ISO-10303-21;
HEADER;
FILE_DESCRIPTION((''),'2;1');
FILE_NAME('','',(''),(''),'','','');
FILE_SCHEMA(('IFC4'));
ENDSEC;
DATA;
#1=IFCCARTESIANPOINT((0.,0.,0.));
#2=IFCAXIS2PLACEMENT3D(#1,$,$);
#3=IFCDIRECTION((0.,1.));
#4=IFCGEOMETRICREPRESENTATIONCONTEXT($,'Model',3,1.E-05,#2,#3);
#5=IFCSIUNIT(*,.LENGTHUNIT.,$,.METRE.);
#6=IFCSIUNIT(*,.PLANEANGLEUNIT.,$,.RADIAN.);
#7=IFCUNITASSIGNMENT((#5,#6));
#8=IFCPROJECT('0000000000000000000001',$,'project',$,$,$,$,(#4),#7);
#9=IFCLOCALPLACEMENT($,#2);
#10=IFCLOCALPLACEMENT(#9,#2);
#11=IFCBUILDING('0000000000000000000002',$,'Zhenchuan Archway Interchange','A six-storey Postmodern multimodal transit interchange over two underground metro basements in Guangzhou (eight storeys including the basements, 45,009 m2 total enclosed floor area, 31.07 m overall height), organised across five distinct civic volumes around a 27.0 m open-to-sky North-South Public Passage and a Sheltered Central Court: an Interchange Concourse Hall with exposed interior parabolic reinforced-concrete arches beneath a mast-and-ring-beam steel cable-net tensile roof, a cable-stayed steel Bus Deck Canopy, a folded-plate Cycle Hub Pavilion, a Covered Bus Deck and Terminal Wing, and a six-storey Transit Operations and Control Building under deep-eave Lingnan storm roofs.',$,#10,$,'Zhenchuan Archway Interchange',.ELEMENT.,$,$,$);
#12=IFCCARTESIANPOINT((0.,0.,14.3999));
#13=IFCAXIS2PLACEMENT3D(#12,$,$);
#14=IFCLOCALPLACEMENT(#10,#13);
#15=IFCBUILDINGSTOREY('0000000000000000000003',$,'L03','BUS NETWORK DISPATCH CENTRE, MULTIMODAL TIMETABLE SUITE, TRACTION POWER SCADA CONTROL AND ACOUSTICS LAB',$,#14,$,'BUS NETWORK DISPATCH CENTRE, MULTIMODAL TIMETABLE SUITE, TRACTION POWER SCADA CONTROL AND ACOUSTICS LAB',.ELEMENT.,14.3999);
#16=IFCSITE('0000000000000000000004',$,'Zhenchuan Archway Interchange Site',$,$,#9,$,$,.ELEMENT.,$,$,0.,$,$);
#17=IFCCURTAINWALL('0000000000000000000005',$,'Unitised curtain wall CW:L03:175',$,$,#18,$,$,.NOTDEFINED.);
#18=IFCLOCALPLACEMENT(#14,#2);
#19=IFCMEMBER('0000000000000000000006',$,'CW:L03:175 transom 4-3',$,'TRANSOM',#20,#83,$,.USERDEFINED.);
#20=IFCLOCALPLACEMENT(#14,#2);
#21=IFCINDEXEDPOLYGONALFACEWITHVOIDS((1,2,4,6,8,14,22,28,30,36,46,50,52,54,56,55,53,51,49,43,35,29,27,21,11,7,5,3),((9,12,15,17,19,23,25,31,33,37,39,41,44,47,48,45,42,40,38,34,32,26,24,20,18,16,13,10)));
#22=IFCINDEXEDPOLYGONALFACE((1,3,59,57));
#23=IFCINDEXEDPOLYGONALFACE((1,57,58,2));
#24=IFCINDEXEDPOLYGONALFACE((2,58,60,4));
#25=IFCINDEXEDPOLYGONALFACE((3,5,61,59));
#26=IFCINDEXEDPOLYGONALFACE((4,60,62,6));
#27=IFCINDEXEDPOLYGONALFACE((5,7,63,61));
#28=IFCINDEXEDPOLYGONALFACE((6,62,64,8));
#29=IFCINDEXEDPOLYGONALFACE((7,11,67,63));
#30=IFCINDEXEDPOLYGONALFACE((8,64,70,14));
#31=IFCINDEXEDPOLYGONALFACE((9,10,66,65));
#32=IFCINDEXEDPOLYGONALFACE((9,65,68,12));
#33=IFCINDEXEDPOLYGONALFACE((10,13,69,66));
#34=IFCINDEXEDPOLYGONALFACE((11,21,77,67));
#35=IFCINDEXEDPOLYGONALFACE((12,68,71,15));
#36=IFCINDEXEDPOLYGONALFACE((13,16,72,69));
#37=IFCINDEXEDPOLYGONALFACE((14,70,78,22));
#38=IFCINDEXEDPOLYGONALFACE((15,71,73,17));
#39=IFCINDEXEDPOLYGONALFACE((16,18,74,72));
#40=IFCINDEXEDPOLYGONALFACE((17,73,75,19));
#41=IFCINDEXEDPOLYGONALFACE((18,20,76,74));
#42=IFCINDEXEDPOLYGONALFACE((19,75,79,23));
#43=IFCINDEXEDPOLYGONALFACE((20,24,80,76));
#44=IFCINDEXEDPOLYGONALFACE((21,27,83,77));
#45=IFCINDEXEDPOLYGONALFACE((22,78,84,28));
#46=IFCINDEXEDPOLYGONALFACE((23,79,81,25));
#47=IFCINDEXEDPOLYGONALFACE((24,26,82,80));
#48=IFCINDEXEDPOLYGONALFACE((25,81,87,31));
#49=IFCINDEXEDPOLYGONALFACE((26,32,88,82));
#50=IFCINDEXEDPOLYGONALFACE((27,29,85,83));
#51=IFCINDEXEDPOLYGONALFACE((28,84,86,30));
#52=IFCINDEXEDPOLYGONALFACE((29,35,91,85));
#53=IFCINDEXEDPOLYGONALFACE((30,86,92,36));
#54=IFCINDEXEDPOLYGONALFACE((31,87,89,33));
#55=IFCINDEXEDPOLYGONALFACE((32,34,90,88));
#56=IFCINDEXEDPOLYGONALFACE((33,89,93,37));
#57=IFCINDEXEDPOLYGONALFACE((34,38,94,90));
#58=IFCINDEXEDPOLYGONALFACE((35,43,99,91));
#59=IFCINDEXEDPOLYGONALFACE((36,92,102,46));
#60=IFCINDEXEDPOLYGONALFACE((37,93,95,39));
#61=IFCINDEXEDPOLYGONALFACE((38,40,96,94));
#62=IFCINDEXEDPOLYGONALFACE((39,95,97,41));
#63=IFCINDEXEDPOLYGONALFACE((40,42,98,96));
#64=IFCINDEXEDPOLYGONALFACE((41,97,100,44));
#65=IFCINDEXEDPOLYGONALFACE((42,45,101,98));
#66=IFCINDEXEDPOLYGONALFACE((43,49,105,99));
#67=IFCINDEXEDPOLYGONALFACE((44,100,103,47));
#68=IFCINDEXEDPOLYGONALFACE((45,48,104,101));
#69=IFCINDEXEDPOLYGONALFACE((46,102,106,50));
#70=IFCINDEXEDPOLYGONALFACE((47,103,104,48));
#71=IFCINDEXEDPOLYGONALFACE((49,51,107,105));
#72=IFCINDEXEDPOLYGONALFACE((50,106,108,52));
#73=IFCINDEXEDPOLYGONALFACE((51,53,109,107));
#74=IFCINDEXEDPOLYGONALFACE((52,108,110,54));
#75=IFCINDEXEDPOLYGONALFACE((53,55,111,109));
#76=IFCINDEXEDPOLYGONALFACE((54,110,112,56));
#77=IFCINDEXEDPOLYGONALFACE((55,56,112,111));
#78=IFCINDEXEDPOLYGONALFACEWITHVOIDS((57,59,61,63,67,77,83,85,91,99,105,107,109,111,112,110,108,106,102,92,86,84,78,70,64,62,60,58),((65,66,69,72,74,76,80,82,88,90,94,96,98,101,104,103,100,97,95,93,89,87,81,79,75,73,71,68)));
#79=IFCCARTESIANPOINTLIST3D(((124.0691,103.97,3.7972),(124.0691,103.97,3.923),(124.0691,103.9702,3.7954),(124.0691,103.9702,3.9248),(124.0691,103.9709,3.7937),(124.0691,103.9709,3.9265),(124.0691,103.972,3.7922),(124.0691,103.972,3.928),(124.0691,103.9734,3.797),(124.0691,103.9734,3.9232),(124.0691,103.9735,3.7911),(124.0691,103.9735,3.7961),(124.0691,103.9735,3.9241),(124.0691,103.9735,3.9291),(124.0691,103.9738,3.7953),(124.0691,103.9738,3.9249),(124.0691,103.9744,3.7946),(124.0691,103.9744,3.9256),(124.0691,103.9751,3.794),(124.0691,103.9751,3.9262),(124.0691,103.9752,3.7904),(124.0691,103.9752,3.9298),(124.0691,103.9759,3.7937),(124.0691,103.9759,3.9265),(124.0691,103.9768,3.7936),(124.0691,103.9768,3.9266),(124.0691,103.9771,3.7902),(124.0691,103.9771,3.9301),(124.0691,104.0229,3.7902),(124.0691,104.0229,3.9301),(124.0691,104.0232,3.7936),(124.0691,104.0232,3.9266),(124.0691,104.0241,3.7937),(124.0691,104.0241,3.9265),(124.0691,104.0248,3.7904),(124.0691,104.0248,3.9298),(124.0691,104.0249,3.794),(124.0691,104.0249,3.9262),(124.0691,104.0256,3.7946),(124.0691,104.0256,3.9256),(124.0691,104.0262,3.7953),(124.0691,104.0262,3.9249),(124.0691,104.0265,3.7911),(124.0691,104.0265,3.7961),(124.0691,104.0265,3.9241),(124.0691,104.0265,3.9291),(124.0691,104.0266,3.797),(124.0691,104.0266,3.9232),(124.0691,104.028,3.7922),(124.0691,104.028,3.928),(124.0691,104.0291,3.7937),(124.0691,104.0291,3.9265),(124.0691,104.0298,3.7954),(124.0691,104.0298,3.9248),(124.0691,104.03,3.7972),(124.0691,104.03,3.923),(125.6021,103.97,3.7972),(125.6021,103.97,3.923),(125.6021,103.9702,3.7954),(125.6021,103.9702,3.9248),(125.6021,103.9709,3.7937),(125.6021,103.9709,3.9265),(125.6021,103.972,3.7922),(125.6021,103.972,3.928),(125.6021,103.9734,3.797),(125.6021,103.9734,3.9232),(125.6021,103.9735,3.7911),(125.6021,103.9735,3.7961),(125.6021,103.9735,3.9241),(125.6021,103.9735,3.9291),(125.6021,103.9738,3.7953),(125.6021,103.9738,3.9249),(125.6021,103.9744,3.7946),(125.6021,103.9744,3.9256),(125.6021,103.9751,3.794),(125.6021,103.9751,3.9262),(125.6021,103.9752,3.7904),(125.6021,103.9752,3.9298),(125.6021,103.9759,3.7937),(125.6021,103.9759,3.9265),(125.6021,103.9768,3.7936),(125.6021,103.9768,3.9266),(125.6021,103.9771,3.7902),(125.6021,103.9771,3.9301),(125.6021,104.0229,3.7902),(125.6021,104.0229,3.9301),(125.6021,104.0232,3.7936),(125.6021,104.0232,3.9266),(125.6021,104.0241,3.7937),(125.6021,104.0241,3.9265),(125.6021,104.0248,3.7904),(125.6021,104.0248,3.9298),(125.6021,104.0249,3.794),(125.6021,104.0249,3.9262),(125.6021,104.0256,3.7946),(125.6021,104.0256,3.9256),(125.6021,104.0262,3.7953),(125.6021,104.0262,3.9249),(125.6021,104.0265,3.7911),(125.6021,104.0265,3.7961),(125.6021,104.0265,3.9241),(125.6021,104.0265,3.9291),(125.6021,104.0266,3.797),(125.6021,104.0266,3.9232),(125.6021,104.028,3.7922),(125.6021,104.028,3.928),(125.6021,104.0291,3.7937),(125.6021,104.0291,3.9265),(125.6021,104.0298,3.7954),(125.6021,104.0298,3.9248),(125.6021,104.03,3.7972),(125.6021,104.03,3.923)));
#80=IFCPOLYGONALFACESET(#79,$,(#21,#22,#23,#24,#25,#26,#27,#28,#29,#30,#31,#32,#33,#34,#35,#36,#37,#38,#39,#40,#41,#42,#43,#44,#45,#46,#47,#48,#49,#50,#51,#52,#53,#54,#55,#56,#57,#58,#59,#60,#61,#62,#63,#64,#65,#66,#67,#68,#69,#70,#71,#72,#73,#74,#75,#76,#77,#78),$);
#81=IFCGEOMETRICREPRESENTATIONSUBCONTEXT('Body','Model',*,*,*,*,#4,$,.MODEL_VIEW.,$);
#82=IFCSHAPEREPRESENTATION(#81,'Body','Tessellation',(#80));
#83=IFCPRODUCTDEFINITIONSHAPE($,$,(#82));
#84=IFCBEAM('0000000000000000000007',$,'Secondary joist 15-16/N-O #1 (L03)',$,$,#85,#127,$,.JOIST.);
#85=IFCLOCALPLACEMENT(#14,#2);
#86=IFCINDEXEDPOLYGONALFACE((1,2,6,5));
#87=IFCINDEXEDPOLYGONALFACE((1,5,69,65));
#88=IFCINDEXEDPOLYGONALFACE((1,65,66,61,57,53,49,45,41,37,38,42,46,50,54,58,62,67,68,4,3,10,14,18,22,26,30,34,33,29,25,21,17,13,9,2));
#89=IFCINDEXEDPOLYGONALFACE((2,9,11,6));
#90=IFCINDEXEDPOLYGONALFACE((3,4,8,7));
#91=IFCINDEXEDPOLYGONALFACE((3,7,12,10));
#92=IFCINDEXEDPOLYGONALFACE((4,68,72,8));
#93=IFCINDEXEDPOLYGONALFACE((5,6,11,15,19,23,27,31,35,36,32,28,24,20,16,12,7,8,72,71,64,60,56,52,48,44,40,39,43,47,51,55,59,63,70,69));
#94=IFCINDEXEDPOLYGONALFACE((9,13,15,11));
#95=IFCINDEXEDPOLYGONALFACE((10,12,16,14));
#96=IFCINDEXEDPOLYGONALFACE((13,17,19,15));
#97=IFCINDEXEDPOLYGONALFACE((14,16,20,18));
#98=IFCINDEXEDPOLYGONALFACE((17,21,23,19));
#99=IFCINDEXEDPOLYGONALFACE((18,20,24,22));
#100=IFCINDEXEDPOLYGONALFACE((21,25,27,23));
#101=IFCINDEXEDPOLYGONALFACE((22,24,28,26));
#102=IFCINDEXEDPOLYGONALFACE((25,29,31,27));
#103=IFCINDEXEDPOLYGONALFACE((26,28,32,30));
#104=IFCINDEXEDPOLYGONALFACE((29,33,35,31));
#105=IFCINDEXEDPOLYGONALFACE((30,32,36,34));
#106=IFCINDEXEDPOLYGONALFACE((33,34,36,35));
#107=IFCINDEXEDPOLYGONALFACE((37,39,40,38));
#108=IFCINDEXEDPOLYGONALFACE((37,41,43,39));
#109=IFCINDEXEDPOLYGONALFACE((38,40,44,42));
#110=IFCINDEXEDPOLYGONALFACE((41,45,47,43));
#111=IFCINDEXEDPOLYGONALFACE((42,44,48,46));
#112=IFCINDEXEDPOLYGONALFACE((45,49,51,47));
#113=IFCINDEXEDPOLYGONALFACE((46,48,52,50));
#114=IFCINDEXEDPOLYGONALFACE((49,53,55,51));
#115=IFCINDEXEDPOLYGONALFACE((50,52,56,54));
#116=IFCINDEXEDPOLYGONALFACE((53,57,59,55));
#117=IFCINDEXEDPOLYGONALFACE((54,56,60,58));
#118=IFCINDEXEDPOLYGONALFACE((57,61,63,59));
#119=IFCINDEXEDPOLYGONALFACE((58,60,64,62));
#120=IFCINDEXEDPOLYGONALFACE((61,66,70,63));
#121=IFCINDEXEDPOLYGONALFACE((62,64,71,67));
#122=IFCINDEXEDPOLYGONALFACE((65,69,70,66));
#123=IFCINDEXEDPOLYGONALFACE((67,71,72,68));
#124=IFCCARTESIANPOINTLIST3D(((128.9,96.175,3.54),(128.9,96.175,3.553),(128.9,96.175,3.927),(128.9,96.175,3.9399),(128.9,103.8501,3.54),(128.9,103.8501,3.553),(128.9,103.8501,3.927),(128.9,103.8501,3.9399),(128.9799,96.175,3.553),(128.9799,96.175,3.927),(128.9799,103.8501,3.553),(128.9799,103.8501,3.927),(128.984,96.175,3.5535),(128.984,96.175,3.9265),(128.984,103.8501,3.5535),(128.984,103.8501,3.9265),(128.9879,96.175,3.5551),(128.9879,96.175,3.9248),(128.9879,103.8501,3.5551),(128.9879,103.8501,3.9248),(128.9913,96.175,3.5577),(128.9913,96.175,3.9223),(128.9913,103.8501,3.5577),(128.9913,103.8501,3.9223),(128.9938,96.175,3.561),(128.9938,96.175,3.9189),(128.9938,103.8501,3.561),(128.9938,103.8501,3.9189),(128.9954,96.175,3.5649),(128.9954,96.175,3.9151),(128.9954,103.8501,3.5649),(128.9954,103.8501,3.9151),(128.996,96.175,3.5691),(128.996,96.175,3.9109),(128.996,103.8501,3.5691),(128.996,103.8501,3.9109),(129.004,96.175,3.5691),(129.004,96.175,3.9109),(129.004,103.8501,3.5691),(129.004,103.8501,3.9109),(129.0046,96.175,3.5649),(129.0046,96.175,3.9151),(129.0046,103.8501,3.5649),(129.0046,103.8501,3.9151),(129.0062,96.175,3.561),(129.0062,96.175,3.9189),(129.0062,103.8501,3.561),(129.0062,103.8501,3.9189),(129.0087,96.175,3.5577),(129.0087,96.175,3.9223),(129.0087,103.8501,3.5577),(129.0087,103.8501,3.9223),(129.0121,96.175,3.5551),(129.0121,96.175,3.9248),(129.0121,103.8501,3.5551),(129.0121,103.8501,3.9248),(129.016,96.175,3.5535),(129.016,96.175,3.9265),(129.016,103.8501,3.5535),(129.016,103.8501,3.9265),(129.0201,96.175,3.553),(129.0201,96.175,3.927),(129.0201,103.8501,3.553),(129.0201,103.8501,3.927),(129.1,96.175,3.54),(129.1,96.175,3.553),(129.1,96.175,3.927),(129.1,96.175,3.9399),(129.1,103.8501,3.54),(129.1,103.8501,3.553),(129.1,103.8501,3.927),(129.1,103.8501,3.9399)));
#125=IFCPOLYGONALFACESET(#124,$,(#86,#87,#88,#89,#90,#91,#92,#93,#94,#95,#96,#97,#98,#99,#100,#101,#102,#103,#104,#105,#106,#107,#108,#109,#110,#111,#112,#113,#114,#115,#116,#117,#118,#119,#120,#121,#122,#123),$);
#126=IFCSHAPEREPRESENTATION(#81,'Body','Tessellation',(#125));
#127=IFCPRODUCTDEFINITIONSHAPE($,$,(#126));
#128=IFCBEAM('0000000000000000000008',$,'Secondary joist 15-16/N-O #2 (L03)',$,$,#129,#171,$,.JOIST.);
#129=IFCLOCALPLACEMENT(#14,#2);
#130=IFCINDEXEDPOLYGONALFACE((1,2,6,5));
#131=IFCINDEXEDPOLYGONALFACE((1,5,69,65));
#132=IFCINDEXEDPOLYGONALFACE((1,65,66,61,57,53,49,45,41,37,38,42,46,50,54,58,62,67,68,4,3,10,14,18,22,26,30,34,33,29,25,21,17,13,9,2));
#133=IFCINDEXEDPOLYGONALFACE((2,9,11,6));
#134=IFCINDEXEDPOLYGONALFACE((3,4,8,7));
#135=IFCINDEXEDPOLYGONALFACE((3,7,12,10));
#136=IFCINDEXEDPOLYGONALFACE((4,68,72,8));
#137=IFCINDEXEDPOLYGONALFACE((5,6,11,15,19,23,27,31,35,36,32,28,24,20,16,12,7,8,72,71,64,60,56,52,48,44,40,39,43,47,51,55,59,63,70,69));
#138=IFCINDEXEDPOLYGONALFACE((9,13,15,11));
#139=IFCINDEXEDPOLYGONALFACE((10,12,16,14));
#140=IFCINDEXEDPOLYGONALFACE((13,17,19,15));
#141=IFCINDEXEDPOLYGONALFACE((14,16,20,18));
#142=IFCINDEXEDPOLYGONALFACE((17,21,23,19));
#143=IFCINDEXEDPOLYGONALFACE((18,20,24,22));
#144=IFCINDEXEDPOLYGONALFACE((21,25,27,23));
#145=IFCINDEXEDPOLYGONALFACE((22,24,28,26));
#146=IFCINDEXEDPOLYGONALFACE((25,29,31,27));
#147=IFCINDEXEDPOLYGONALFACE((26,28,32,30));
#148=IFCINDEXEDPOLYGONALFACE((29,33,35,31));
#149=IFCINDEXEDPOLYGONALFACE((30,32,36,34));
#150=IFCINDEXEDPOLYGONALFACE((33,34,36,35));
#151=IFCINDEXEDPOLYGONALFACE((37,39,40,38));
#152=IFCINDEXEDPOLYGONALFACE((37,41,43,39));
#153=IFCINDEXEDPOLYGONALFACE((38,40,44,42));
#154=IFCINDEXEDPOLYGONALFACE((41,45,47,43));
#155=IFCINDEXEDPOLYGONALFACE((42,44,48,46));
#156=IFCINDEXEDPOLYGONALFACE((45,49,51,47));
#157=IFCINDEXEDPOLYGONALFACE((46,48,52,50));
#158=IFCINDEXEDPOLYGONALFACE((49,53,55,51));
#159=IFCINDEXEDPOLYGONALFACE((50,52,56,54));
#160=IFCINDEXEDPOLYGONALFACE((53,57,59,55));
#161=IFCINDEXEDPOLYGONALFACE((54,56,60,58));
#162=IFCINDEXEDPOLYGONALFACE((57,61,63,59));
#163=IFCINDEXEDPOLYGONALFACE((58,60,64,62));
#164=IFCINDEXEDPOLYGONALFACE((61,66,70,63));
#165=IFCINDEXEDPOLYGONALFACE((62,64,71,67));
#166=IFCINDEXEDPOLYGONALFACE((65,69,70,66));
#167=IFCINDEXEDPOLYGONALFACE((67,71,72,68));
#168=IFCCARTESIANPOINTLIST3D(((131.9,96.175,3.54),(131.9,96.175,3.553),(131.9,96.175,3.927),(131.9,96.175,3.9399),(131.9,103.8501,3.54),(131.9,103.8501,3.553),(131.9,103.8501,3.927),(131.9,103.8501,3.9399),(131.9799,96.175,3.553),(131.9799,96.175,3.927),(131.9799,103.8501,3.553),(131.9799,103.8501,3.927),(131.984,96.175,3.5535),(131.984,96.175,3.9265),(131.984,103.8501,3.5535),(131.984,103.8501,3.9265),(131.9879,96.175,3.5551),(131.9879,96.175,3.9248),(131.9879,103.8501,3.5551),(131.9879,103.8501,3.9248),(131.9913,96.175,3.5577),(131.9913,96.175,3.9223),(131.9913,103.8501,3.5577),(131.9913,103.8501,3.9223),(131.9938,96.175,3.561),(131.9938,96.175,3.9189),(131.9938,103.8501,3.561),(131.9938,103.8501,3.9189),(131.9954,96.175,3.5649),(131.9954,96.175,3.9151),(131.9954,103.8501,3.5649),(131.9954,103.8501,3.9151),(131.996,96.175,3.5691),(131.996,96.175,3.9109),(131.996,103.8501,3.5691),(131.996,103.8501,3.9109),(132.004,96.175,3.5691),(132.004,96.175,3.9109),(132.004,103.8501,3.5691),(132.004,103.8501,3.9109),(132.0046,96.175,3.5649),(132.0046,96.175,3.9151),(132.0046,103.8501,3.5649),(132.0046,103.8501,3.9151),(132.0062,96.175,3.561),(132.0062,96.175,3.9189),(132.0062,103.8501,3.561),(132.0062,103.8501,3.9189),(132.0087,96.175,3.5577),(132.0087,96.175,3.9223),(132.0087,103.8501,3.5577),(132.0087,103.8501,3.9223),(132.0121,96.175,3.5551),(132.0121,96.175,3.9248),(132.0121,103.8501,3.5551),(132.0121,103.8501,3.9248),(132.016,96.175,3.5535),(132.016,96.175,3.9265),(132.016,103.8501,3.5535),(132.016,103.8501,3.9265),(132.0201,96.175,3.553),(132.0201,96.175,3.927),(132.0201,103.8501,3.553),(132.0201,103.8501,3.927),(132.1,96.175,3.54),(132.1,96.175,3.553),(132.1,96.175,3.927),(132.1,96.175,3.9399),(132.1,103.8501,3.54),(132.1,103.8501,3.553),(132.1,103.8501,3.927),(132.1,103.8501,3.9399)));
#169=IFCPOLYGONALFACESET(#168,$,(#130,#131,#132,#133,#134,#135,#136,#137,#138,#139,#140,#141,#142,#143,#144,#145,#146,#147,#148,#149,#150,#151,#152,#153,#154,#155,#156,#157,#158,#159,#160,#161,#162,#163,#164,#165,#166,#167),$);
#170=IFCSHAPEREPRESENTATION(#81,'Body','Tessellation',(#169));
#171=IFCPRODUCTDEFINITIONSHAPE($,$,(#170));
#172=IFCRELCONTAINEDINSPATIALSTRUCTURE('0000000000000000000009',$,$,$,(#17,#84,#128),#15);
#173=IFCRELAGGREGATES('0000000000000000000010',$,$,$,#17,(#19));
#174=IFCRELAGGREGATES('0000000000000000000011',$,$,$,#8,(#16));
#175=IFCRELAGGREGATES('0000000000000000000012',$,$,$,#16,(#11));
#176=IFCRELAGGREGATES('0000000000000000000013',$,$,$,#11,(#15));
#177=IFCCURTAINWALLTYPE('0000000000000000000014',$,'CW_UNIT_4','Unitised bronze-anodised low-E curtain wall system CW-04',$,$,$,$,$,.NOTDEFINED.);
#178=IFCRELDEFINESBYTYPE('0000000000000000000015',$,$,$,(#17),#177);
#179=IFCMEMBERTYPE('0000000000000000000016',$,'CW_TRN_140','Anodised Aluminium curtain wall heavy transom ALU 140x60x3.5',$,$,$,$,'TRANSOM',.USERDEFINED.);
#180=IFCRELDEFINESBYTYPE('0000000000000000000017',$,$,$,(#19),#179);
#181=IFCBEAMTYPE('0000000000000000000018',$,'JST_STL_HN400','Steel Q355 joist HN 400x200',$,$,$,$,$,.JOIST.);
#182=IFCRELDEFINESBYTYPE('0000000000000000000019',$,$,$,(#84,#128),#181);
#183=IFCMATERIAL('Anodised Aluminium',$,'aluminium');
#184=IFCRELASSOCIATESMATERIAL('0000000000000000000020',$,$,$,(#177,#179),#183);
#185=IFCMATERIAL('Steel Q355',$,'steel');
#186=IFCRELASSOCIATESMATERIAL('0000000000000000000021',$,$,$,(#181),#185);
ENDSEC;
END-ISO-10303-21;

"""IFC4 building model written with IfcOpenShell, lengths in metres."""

from ifc_helpers import new_model, si_unit, direction, frame, origin, origin_2d, place, context, subcontext, project, spatial, hollow_rectangle, i_section, extrude, material, material_profile, profile_set, type_object, element, aggregate, save


model = new_model("IFC4")

# Units and contexts
model_context = context("Model", 3, precision=1e-05, world=origin(), true_north=direction((0.0, 1.0)))
body_context = subcontext(model_context, "Body", "Model", "MODEL_VIEW")
ifc_project = project(units=[si_unit("LENGTHUNIT", "METRE"), si_unit("PLANEANGLEUNIT", "RADIAN")], contexts=[model_context])

# Site, building, storey
site_placement = place(None, origin())
site = spatial("IfcSite", under=ifc_project, at=site_placement, Name="Zhenchuan Archway Interchange Site", CompositionType="ELEMENT", RefElevation=0.0)
building_placement = place(site_placement, origin())
building = spatial("IfcBuilding", under=site, at=building_placement, Name="Zhenchuan Archway Interchange", Description="A six-storey Postmodern multimodal transit interchange over two underground metro basements in Guangzhou (eight storeys including the basements, 45,009 m2 total enclosed floor area, 31.07 m overall height), organised across five distinct civic volumes around a 27.0 m open-to-sky North-South Public Passage and a Sheltered Central Court: an Interchange Concourse Hall with exposed interior parabolic reinforced-concrete arches beneath a mast-and-ring-beam steel cable-net tensile roof, a cable-stayed steel Bus Deck Canopy, a folded-plate Cycle Hub Pavilion, a Covered Bus Deck and Terminal Wing, and a six-storey Transit Operations and Control Building under deep-eave Lingnan storm roofs.", LongName="Zhenchuan Archway Interchange", CompositionType="ELEMENT")
storey_placement = place(building_placement, frame((0.0, 0.0, 14.3999)))
storey = spatial("IfcBuildingStorey", under=building, at=storey_placement, Name="L03", Description="BUS NETWORK DISPATCH CENTRE, MULTIMODAL TIMETABLE SUITE, TRACTION POWER SCADA CONTROL AND ACOUSTICS LAB", LongName="BUS NETWORK DISPATCH CENTRE, MULTIMODAL TIMETABLE SUITE, TRACTION POWER SCADA CONTROL AND ACOUSTICS LAB", CompositionType="ELEMENT", Elevation=14.3999)

# Curtain wall
ifc_material_1 = material(Name="Anodised Aluminium", Category="aluminium")
curtain_wall_type_1 = type_object("IfcCurtainWallType", Name="CW_UNIT_4", Description="Unitised bronze-anodised low-E curtain wall system CW-04", PredefinedType="NOTDEFINED", material=ifc_material_1)
curtain_wall_1_placement = place(storey_placement, origin())
curtain_wall_1 = element("IfcCurtainWall", 1, at=curtain_wall_1_placement, inside=storey, type_object=curtain_wall_type_1, Name="Unitised curtain wall CW:L03:175", PredefinedType="NOTDEFINED")

# Member
ifc_material_profile_1 = material_profile(ifc_material_1, hollow_rectangle(XDim=0.0601, YDim=0.1399, WallThickness=0.0034, InnerFilletRadius=0.0034, OuterFilletRadius=0.0071, at=origin_2d()), Name="ALU 140x60x3.5")
ifc_profile_set_1 = profile_set([ifc_material_profile_1], Name="Anodised Aluminium")
member_type_1 = type_object("IfcMemberType", Name="CW_TRN_140", Description="Anodised Aluminium curtain wall heavy transom ALU 140x60x3.5", ElementType="TRANSOM", PredefinedType="USERDEFINED", material=ifc_profile_set_1)
member_1_placement = place(storey_placement, frame((124.0691, 104.0, 3.8601), z_axis=(1.0, 0.0, 0.0), x_axis=(0.0, 1.0, 0.0)))
member_1 = element("IfcMember", 2, at=member_1_placement, type_object=member_type_1, Name="CW:L03:175 transom 4-3", ObjectType="TRANSOM", PredefinedType="USERDEFINED", context=body_context, shape_type="SweptSolid", body=[
    extrude(hollow_rectangle(XDim=0.0601, YDim=0.1399, WallThickness=0.0034, InnerFilletRadius=0.0034, OuterFilletRadius=0.0071, at=origin_2d()), origin(), (0.0, 0.0, 1.0), 1.533),
])

# Beams
ifc_material_2 = material(Name="Steel Q355", Category="steel")
ifc_material_profile_2 = material_profile(ifc_material_2, i_section(OverallWidth=0.2, OverallDepth=0.3999, WebThickness=0.0081, FlangeThickness=0.0129, FilletRadius=0.0161, at=origin_2d()), Name="HN 400x200")
ifc_profile_set_2 = profile_set([ifc_material_profile_2], Name="Steel Q355")
beam_type_1 = type_object("IfcBeamType", Name="JST_STL_HN400", Description="Steel Q355 joist HN 400x200", PredefinedType="JOIST", material=ifc_profile_set_2)
for number, where, z_axis, x_axis, name in (
    (3, (129.0, 96.175, 3.74), (0.0, 1.0, 0.0), (-1.0, 0.0, 0.0), "Secondary joist 15-16/N-O #1 (L03)"),
    (4, (132.0, 96.175, 3.74), (0.0, 1.0, 0.0), (-1.0, 0.0, 0.0), "Secondary joist 15-16/N-O #2 (L03)"),
):
    element("IfcBeam", number, at=place(storey_placement, frame(where, z_axis=z_axis, x_axis=x_axis)), inside=storey, type_object=beam_type_1, Name=name, PredefinedType="JOIST", context=body_context, shape_type="SweptSolid", body=[
        extrude(i_section(OverallWidth=0.2, OverallDepth=0.3999, WebThickness=0.0081, FlangeThickness=0.0129, FilletRadius=0.0161, at=origin_2d()), origin(), (0.0, 0.0, 1.0), 7.675),
    ])

aggregate(curtain_wall_1, [member_1])

save(model, "model.ifc")
